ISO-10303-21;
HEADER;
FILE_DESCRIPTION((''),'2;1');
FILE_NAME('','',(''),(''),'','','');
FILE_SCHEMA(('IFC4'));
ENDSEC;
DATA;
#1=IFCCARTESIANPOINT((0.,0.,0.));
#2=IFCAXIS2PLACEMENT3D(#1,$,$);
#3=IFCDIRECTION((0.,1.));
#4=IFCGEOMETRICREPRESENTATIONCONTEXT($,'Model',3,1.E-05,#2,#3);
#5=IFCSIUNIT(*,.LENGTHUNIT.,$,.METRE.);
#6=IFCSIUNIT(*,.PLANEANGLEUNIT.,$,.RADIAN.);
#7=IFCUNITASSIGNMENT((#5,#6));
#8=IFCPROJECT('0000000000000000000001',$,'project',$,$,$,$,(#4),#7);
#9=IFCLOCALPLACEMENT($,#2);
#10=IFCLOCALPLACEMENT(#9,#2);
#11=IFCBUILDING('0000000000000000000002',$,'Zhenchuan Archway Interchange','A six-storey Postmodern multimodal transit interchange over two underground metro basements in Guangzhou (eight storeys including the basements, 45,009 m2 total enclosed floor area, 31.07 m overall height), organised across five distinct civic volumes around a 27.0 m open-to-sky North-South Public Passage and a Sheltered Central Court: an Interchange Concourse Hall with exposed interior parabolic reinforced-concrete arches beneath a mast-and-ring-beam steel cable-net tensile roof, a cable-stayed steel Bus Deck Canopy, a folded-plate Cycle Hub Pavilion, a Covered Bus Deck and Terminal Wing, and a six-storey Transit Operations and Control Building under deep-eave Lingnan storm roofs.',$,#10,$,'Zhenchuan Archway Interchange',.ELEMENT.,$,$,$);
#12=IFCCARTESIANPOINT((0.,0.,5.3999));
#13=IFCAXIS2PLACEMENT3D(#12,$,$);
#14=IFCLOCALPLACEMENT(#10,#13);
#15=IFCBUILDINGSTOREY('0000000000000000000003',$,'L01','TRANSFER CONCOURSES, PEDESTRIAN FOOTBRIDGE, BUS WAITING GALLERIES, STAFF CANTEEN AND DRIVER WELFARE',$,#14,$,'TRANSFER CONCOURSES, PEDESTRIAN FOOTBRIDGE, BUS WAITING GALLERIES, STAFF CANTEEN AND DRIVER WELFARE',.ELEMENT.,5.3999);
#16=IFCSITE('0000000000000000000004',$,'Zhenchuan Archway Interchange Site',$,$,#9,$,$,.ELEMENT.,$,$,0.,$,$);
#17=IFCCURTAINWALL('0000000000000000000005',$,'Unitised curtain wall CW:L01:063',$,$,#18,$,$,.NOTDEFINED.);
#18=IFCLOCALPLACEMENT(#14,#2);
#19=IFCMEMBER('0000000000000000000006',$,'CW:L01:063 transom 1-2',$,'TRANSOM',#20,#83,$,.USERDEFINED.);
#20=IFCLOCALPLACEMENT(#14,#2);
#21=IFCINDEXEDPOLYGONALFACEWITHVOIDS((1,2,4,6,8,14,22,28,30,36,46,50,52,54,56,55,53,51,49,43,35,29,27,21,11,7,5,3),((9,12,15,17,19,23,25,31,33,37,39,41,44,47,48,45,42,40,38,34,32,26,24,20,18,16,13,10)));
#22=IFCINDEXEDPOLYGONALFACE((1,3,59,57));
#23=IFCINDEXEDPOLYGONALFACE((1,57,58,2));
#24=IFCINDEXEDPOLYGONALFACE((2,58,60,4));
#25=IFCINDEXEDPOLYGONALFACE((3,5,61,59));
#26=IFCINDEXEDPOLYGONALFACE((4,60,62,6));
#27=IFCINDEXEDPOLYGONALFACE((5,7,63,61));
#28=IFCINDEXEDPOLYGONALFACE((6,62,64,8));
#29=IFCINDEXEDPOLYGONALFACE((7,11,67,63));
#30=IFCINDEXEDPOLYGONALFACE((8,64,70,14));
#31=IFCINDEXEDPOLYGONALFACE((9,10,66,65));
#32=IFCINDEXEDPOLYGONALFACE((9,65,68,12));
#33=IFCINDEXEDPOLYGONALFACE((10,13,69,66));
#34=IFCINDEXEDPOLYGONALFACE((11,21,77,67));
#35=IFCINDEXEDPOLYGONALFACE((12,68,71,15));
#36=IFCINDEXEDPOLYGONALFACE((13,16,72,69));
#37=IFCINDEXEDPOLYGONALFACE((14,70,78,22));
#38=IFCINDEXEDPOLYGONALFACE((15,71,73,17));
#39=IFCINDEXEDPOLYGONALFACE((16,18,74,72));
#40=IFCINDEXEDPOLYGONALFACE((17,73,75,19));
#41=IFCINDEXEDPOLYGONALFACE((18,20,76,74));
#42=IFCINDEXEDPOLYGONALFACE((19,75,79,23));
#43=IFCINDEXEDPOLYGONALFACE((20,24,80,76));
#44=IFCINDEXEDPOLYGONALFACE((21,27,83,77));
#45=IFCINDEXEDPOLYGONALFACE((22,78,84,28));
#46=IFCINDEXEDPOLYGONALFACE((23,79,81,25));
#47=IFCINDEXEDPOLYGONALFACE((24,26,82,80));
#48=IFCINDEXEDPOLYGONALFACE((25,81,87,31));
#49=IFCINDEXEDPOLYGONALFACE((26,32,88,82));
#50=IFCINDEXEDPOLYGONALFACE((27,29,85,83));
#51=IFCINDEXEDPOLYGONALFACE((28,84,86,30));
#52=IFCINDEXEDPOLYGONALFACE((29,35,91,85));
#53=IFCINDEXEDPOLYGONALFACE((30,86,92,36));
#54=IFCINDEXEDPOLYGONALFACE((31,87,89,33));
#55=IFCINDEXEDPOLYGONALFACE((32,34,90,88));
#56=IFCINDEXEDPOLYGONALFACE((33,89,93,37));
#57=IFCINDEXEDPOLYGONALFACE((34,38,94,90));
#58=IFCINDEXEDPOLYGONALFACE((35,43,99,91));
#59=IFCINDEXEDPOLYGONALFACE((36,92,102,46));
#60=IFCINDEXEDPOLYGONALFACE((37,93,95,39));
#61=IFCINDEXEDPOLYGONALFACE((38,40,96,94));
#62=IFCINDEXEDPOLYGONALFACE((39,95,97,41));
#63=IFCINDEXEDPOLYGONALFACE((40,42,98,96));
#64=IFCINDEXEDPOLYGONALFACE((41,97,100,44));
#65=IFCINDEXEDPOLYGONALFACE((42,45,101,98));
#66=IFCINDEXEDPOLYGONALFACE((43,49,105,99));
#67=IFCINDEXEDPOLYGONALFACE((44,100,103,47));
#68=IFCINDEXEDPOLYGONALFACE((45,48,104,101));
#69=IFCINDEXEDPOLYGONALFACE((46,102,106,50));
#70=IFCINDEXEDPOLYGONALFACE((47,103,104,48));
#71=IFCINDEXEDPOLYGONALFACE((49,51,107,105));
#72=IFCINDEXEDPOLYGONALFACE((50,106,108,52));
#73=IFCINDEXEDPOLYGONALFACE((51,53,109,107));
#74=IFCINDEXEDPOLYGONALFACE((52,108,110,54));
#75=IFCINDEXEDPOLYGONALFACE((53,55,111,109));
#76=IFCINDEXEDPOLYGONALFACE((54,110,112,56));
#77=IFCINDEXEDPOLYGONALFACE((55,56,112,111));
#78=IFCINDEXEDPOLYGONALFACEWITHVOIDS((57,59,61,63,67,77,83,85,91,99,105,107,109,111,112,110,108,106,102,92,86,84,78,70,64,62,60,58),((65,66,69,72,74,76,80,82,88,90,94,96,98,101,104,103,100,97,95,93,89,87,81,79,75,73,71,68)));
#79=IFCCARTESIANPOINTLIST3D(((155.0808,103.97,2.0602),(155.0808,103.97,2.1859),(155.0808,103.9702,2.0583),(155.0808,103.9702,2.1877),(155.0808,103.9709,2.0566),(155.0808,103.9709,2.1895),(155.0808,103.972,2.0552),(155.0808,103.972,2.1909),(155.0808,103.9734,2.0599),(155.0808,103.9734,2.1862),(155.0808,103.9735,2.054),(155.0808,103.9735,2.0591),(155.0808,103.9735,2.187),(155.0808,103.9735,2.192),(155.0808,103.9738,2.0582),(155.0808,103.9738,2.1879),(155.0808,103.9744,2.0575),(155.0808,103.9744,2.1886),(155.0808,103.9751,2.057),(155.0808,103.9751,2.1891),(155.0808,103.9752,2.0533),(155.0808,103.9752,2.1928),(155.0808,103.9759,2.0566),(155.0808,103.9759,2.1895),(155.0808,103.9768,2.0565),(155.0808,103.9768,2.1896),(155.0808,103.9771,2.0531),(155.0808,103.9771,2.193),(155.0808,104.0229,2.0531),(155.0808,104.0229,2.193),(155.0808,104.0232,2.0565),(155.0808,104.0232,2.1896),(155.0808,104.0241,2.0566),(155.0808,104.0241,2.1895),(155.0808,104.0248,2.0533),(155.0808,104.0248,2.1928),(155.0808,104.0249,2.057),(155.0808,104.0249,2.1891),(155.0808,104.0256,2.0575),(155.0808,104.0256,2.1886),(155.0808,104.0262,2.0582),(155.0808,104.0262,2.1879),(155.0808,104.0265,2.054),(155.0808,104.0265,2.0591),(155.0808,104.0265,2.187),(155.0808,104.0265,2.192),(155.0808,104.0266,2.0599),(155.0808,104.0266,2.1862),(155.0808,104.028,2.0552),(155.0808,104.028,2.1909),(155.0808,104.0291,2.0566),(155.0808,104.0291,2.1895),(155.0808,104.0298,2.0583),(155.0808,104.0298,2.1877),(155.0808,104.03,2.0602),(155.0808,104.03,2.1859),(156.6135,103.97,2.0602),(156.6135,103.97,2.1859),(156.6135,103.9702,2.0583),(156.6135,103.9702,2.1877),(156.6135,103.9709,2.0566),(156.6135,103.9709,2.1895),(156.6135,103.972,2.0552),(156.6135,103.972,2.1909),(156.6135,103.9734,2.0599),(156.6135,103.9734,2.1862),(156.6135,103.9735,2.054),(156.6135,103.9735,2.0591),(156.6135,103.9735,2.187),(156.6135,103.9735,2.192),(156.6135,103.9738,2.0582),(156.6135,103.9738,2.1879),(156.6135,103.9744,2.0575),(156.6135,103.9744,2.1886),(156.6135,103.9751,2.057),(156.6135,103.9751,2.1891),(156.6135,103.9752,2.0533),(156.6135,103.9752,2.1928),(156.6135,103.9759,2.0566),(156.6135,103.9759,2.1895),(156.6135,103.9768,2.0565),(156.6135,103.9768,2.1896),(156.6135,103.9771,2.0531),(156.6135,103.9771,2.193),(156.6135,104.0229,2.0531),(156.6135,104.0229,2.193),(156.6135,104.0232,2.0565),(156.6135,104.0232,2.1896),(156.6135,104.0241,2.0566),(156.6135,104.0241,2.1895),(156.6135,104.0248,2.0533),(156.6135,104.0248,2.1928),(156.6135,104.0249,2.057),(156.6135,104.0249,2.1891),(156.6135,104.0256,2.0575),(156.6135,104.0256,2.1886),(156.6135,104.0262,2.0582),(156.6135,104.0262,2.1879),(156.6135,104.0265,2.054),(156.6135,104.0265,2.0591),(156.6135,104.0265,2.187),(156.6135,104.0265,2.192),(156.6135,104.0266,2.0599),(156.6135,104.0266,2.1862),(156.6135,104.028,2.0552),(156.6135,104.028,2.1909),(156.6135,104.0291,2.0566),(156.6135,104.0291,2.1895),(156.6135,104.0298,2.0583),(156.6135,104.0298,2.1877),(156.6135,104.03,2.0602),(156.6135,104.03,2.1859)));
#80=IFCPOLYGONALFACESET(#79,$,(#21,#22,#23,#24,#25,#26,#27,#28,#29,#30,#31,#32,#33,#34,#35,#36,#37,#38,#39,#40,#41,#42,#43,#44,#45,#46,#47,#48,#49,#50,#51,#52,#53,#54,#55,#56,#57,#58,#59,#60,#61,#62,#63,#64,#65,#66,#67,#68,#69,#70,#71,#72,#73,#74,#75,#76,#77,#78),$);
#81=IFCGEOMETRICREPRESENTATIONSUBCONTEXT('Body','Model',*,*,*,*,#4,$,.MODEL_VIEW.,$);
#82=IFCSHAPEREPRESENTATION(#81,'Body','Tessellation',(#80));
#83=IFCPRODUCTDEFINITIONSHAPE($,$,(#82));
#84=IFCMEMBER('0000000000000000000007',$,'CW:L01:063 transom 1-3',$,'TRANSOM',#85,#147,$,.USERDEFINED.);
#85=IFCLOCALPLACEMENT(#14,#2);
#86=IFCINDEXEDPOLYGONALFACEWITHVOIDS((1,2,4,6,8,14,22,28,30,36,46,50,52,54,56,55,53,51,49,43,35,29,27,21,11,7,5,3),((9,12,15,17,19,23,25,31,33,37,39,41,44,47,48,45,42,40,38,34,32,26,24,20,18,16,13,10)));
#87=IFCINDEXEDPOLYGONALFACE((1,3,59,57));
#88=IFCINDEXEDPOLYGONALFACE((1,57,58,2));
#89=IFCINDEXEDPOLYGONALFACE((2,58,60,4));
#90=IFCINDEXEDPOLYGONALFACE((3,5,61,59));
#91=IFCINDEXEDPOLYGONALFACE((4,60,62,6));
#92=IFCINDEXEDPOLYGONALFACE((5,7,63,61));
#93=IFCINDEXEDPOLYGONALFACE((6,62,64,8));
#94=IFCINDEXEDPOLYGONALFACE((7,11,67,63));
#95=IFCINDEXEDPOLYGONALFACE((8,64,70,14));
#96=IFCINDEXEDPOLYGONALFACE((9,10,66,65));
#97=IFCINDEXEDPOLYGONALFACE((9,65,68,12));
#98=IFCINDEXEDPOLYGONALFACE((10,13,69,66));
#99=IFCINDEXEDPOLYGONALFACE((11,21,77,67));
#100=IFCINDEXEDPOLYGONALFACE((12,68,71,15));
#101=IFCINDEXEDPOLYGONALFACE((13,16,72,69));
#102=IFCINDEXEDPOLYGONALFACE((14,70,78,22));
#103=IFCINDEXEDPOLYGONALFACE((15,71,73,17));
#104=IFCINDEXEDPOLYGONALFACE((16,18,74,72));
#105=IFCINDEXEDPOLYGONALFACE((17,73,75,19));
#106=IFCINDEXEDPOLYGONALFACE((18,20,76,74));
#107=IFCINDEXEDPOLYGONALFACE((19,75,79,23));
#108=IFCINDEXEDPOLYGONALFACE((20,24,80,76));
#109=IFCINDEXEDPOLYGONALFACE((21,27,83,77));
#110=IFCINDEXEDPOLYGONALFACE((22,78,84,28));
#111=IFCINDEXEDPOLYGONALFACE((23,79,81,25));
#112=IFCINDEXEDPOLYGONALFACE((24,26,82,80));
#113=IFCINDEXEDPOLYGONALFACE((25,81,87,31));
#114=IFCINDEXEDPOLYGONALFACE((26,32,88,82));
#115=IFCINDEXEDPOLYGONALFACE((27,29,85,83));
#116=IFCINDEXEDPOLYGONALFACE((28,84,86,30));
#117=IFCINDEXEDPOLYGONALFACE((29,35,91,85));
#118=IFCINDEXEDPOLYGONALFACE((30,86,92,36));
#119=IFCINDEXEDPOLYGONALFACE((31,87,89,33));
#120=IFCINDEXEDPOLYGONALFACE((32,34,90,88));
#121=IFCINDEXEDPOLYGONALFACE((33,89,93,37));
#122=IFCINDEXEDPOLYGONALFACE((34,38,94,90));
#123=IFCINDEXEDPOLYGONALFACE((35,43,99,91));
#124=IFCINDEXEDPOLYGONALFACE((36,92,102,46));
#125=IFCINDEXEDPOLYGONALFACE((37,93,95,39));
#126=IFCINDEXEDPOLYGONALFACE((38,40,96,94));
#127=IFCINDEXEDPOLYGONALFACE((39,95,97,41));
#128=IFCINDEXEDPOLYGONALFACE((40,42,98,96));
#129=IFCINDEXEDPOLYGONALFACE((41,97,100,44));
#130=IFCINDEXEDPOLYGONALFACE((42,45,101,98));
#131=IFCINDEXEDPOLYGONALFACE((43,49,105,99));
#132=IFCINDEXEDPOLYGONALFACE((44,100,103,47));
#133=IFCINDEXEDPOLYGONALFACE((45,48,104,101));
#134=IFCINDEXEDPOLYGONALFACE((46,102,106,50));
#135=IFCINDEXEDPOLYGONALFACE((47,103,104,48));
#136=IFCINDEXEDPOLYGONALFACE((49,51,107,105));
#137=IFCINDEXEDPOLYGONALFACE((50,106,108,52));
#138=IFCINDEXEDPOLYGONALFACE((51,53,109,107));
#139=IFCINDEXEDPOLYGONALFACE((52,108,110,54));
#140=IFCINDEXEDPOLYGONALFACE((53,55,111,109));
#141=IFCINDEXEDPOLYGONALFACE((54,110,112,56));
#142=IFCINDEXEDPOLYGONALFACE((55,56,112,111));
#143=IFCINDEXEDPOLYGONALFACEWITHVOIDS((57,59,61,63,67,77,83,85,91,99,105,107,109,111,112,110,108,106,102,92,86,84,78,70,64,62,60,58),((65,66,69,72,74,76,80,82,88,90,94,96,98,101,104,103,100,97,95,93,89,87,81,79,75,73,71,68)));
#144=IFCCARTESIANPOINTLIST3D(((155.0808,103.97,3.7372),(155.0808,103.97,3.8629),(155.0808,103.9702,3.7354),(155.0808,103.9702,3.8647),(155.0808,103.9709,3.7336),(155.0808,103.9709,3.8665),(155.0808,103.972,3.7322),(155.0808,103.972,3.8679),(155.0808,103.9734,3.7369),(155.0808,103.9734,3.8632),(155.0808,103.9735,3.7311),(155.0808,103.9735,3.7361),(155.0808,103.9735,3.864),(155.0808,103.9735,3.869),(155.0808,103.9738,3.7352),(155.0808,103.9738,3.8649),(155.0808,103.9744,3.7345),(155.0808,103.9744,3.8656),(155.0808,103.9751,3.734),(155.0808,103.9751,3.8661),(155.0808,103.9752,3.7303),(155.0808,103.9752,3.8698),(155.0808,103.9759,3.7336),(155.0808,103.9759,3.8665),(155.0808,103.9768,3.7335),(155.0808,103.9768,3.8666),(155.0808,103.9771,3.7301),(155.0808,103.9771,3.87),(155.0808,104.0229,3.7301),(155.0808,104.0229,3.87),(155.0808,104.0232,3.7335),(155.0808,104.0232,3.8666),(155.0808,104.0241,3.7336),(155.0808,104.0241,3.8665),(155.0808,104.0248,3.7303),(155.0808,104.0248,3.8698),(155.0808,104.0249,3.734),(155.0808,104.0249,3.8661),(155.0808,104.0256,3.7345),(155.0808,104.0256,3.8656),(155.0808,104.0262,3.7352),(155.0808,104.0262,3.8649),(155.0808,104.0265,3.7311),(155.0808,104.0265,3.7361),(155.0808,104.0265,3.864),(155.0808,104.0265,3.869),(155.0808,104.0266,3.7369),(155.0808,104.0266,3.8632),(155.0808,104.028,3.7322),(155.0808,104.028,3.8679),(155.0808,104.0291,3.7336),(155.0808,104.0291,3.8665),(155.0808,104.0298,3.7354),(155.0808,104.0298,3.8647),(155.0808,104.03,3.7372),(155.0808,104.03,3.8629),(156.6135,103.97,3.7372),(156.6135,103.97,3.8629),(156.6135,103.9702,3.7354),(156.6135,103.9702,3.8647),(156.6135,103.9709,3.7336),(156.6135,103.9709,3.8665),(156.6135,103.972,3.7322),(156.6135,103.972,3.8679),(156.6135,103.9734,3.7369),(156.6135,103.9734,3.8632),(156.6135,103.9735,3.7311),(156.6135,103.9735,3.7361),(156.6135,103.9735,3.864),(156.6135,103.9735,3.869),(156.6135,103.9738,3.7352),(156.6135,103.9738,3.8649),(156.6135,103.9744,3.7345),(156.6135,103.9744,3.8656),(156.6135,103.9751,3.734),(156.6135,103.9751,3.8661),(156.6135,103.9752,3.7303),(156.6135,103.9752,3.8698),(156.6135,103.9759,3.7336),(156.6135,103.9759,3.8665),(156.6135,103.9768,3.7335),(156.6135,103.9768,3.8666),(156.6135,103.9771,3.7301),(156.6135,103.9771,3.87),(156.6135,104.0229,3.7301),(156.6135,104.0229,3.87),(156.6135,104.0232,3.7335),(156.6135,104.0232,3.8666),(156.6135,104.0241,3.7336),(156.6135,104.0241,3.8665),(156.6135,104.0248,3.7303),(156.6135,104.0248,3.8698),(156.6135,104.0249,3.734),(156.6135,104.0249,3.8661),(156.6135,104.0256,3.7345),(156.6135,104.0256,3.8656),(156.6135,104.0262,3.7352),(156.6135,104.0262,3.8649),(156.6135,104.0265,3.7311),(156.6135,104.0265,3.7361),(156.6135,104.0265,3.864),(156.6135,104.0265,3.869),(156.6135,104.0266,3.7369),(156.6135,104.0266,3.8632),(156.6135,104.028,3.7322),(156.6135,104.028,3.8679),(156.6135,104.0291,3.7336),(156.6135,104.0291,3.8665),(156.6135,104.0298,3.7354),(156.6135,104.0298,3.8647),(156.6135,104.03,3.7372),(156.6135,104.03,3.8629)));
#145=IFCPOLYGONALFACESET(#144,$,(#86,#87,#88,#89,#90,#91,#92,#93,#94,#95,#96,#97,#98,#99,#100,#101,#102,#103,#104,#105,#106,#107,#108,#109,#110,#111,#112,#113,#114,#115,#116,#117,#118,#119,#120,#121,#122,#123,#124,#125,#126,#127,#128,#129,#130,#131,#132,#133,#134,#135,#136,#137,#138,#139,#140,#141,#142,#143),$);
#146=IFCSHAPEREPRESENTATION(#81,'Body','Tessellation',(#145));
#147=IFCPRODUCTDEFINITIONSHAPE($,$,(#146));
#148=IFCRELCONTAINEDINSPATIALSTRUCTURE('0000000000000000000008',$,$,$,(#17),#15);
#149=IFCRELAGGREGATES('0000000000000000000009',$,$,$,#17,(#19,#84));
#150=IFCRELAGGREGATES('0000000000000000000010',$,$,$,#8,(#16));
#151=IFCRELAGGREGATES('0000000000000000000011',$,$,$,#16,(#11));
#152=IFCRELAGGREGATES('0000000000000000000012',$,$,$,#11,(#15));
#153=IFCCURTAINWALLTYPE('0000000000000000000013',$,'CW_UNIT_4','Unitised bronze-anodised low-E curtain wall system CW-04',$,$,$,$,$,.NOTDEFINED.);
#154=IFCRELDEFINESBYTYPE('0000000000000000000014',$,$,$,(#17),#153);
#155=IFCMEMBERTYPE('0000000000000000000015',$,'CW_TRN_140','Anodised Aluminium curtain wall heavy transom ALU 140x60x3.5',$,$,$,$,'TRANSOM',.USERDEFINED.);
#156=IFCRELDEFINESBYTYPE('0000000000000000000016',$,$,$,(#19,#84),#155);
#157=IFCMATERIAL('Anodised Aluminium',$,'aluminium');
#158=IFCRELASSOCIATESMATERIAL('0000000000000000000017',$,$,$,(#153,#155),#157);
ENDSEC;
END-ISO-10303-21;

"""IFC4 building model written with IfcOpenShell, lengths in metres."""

from ifc_helpers import new_model, si_unit, direction, frame, origin, origin_2d, place, context, subcontext, project, spatial, hollow_rectangle, extrude, material, material_profile, profile_set, type_object, element, aggregate, save


model = new_model("IFC4")

# Units and contexts
model_context = context("Model", 3, precision=1e-05, world=origin(), true_north=direction((0.0, 1.0)))
body_context = subcontext(model_context, "Body", "Model", "MODEL_VIEW")
ifc_project = project(units=[si_unit("LENGTHUNIT", "METRE"), si_unit("PLANEANGLEUNIT", "RADIAN")], contexts=[model_context])

# Site, building, storey
site_placement = place(None, origin())
site = spatial("IfcSite", under=ifc_project, at=site_placement, Name="Zhenchuan Archway Interchange Site", CompositionType="ELEMENT", RefElevation=0.0)
building_placement = place(site_placement, origin())
building = spatial("IfcBuilding", under=site, at=building_placement, Name="Zhenchuan Archway Interchange", Description="A six-storey Postmodern multimodal transit interchange over two underground metro basements in Guangzhou (eight storeys including the basements, 45,009 m2 total enclosed floor area, 31.07 m overall height), organised across five distinct civic volumes around a 27.0 m open-to-sky North-South Public Passage and a Sheltered Central Court: an Interchange Concourse Hall with exposed interior parabolic reinforced-concrete arches beneath a mast-and-ring-beam steel cable-net tensile roof, a cable-stayed steel Bus Deck Canopy, a folded-plate Cycle Hub Pavilion, a Covered Bus Deck and Terminal Wing, and a six-storey Transit Operations and Control Building under deep-eave Lingnan storm roofs.", LongName="Zhenchuan Archway Interchange", CompositionType="ELEMENT")
storey_placement = place(building_placement, frame((0.0, 0.0, 5.3999)))
storey = spatial("IfcBuildingStorey", under=building, at=storey_placement, Name="L01", Description="TRANSFER CONCOURSES, PEDESTRIAN FOOTBRIDGE, BUS WAITING GALLERIES, STAFF CANTEEN AND DRIVER WELFARE", LongName="TRANSFER CONCOURSES, PEDESTRIAN FOOTBRIDGE, BUS WAITING GALLERIES, STAFF CANTEEN AND DRIVER WELFARE", CompositionType="ELEMENT", Elevation=5.3999)

# Curtain wall, members
ifc_material_1 = material(Name="Anodised Aluminium", Category="aluminium")
curtain_wall_type = type_object("IfcCurtainWallType", Name="CW_UNIT_4", Description="Unitised bronze-anodised low-E curtain wall system CW-04", PredefinedType="NOTDEFINED", material=ifc_material_1)
curtain_wall_placement = place(storey_placement, origin())
curtain_wall = element("IfcCurtainWall", 1, at=curtain_wall_placement, inside=storey, type_object=curtain_wall_type, Name="Unitised curtain wall CW:L01:063", PredefinedType="NOTDEFINED")
ifc_material_profile_1 = material_profile(ifc_material_1, hollow_rectangle(XDim=0.0601, YDim=0.1399, WallThickness=0.0034, InnerFilletRadius=0.0034, OuterFilletRadius=0.0071, at=origin_2d()), Name="ALU 140x60x3.5")
ifc_profile_set_1 = profile_set([ifc_material_profile_1], Name="Anodised Aluminium")
member_type_1 = type_object("IfcMemberType", Name="CW_TRN_140", Description="Anodised Aluminium curtain wall heavy transom ALU 140x60x3.5", ElementType="TRANSOM", PredefinedType="USERDEFINED", material=ifc_profile_set_1)
member_1_placement = place(storey_placement, frame((155.0808, 104.0, 2.123), z_axis=(1.0, 0.0, 0.0), x_axis=(0.0, 1.0, 0.0)))
member_1 = element("IfcMember", 2, at=member_1_placement, type_object=member_type_1, Name="CW:L01:063 transom 1-2", ObjectType="TRANSOM", PredefinedType="USERDEFINED", context=body_context, shape_type="SweptSolid", body=[
    extrude(hollow_rectangle(XDim=0.0601, YDim=0.1399, WallThickness=0.0034, InnerFilletRadius=0.0034, OuterFilletRadius=0.0071, at=origin_2d()), origin(), (0.0, 0.0, 1.0), 1.5327),
])
member_2_placement = place(storey_placement, frame((155.0808, 104.0, 3.8), z_axis=(1.0, 0.0, 0.0), x_axis=(0.0, 1.0, 0.0)))
member_2 = element("IfcMember", 3, at=member_2_placement, type_object=member_type_1, Name="CW:L01:063 transom 1-3", ObjectType="TRANSOM", PredefinedType="USERDEFINED", context=body_context, shape_type="SweptSolid", body=[
    extrude(hollow_rectangle(XDim=0.0601, YDim=0.1399, WallThickness=0.0034, InnerFilletRadius=0.0034, OuterFilletRadius=0.0071, at=origin_2d()), origin(), (0.0, 0.0, 1.0), 1.5327),
])
aggregate(curtain_wall, [member_1, member_2])

save(model, "model.ifc")
